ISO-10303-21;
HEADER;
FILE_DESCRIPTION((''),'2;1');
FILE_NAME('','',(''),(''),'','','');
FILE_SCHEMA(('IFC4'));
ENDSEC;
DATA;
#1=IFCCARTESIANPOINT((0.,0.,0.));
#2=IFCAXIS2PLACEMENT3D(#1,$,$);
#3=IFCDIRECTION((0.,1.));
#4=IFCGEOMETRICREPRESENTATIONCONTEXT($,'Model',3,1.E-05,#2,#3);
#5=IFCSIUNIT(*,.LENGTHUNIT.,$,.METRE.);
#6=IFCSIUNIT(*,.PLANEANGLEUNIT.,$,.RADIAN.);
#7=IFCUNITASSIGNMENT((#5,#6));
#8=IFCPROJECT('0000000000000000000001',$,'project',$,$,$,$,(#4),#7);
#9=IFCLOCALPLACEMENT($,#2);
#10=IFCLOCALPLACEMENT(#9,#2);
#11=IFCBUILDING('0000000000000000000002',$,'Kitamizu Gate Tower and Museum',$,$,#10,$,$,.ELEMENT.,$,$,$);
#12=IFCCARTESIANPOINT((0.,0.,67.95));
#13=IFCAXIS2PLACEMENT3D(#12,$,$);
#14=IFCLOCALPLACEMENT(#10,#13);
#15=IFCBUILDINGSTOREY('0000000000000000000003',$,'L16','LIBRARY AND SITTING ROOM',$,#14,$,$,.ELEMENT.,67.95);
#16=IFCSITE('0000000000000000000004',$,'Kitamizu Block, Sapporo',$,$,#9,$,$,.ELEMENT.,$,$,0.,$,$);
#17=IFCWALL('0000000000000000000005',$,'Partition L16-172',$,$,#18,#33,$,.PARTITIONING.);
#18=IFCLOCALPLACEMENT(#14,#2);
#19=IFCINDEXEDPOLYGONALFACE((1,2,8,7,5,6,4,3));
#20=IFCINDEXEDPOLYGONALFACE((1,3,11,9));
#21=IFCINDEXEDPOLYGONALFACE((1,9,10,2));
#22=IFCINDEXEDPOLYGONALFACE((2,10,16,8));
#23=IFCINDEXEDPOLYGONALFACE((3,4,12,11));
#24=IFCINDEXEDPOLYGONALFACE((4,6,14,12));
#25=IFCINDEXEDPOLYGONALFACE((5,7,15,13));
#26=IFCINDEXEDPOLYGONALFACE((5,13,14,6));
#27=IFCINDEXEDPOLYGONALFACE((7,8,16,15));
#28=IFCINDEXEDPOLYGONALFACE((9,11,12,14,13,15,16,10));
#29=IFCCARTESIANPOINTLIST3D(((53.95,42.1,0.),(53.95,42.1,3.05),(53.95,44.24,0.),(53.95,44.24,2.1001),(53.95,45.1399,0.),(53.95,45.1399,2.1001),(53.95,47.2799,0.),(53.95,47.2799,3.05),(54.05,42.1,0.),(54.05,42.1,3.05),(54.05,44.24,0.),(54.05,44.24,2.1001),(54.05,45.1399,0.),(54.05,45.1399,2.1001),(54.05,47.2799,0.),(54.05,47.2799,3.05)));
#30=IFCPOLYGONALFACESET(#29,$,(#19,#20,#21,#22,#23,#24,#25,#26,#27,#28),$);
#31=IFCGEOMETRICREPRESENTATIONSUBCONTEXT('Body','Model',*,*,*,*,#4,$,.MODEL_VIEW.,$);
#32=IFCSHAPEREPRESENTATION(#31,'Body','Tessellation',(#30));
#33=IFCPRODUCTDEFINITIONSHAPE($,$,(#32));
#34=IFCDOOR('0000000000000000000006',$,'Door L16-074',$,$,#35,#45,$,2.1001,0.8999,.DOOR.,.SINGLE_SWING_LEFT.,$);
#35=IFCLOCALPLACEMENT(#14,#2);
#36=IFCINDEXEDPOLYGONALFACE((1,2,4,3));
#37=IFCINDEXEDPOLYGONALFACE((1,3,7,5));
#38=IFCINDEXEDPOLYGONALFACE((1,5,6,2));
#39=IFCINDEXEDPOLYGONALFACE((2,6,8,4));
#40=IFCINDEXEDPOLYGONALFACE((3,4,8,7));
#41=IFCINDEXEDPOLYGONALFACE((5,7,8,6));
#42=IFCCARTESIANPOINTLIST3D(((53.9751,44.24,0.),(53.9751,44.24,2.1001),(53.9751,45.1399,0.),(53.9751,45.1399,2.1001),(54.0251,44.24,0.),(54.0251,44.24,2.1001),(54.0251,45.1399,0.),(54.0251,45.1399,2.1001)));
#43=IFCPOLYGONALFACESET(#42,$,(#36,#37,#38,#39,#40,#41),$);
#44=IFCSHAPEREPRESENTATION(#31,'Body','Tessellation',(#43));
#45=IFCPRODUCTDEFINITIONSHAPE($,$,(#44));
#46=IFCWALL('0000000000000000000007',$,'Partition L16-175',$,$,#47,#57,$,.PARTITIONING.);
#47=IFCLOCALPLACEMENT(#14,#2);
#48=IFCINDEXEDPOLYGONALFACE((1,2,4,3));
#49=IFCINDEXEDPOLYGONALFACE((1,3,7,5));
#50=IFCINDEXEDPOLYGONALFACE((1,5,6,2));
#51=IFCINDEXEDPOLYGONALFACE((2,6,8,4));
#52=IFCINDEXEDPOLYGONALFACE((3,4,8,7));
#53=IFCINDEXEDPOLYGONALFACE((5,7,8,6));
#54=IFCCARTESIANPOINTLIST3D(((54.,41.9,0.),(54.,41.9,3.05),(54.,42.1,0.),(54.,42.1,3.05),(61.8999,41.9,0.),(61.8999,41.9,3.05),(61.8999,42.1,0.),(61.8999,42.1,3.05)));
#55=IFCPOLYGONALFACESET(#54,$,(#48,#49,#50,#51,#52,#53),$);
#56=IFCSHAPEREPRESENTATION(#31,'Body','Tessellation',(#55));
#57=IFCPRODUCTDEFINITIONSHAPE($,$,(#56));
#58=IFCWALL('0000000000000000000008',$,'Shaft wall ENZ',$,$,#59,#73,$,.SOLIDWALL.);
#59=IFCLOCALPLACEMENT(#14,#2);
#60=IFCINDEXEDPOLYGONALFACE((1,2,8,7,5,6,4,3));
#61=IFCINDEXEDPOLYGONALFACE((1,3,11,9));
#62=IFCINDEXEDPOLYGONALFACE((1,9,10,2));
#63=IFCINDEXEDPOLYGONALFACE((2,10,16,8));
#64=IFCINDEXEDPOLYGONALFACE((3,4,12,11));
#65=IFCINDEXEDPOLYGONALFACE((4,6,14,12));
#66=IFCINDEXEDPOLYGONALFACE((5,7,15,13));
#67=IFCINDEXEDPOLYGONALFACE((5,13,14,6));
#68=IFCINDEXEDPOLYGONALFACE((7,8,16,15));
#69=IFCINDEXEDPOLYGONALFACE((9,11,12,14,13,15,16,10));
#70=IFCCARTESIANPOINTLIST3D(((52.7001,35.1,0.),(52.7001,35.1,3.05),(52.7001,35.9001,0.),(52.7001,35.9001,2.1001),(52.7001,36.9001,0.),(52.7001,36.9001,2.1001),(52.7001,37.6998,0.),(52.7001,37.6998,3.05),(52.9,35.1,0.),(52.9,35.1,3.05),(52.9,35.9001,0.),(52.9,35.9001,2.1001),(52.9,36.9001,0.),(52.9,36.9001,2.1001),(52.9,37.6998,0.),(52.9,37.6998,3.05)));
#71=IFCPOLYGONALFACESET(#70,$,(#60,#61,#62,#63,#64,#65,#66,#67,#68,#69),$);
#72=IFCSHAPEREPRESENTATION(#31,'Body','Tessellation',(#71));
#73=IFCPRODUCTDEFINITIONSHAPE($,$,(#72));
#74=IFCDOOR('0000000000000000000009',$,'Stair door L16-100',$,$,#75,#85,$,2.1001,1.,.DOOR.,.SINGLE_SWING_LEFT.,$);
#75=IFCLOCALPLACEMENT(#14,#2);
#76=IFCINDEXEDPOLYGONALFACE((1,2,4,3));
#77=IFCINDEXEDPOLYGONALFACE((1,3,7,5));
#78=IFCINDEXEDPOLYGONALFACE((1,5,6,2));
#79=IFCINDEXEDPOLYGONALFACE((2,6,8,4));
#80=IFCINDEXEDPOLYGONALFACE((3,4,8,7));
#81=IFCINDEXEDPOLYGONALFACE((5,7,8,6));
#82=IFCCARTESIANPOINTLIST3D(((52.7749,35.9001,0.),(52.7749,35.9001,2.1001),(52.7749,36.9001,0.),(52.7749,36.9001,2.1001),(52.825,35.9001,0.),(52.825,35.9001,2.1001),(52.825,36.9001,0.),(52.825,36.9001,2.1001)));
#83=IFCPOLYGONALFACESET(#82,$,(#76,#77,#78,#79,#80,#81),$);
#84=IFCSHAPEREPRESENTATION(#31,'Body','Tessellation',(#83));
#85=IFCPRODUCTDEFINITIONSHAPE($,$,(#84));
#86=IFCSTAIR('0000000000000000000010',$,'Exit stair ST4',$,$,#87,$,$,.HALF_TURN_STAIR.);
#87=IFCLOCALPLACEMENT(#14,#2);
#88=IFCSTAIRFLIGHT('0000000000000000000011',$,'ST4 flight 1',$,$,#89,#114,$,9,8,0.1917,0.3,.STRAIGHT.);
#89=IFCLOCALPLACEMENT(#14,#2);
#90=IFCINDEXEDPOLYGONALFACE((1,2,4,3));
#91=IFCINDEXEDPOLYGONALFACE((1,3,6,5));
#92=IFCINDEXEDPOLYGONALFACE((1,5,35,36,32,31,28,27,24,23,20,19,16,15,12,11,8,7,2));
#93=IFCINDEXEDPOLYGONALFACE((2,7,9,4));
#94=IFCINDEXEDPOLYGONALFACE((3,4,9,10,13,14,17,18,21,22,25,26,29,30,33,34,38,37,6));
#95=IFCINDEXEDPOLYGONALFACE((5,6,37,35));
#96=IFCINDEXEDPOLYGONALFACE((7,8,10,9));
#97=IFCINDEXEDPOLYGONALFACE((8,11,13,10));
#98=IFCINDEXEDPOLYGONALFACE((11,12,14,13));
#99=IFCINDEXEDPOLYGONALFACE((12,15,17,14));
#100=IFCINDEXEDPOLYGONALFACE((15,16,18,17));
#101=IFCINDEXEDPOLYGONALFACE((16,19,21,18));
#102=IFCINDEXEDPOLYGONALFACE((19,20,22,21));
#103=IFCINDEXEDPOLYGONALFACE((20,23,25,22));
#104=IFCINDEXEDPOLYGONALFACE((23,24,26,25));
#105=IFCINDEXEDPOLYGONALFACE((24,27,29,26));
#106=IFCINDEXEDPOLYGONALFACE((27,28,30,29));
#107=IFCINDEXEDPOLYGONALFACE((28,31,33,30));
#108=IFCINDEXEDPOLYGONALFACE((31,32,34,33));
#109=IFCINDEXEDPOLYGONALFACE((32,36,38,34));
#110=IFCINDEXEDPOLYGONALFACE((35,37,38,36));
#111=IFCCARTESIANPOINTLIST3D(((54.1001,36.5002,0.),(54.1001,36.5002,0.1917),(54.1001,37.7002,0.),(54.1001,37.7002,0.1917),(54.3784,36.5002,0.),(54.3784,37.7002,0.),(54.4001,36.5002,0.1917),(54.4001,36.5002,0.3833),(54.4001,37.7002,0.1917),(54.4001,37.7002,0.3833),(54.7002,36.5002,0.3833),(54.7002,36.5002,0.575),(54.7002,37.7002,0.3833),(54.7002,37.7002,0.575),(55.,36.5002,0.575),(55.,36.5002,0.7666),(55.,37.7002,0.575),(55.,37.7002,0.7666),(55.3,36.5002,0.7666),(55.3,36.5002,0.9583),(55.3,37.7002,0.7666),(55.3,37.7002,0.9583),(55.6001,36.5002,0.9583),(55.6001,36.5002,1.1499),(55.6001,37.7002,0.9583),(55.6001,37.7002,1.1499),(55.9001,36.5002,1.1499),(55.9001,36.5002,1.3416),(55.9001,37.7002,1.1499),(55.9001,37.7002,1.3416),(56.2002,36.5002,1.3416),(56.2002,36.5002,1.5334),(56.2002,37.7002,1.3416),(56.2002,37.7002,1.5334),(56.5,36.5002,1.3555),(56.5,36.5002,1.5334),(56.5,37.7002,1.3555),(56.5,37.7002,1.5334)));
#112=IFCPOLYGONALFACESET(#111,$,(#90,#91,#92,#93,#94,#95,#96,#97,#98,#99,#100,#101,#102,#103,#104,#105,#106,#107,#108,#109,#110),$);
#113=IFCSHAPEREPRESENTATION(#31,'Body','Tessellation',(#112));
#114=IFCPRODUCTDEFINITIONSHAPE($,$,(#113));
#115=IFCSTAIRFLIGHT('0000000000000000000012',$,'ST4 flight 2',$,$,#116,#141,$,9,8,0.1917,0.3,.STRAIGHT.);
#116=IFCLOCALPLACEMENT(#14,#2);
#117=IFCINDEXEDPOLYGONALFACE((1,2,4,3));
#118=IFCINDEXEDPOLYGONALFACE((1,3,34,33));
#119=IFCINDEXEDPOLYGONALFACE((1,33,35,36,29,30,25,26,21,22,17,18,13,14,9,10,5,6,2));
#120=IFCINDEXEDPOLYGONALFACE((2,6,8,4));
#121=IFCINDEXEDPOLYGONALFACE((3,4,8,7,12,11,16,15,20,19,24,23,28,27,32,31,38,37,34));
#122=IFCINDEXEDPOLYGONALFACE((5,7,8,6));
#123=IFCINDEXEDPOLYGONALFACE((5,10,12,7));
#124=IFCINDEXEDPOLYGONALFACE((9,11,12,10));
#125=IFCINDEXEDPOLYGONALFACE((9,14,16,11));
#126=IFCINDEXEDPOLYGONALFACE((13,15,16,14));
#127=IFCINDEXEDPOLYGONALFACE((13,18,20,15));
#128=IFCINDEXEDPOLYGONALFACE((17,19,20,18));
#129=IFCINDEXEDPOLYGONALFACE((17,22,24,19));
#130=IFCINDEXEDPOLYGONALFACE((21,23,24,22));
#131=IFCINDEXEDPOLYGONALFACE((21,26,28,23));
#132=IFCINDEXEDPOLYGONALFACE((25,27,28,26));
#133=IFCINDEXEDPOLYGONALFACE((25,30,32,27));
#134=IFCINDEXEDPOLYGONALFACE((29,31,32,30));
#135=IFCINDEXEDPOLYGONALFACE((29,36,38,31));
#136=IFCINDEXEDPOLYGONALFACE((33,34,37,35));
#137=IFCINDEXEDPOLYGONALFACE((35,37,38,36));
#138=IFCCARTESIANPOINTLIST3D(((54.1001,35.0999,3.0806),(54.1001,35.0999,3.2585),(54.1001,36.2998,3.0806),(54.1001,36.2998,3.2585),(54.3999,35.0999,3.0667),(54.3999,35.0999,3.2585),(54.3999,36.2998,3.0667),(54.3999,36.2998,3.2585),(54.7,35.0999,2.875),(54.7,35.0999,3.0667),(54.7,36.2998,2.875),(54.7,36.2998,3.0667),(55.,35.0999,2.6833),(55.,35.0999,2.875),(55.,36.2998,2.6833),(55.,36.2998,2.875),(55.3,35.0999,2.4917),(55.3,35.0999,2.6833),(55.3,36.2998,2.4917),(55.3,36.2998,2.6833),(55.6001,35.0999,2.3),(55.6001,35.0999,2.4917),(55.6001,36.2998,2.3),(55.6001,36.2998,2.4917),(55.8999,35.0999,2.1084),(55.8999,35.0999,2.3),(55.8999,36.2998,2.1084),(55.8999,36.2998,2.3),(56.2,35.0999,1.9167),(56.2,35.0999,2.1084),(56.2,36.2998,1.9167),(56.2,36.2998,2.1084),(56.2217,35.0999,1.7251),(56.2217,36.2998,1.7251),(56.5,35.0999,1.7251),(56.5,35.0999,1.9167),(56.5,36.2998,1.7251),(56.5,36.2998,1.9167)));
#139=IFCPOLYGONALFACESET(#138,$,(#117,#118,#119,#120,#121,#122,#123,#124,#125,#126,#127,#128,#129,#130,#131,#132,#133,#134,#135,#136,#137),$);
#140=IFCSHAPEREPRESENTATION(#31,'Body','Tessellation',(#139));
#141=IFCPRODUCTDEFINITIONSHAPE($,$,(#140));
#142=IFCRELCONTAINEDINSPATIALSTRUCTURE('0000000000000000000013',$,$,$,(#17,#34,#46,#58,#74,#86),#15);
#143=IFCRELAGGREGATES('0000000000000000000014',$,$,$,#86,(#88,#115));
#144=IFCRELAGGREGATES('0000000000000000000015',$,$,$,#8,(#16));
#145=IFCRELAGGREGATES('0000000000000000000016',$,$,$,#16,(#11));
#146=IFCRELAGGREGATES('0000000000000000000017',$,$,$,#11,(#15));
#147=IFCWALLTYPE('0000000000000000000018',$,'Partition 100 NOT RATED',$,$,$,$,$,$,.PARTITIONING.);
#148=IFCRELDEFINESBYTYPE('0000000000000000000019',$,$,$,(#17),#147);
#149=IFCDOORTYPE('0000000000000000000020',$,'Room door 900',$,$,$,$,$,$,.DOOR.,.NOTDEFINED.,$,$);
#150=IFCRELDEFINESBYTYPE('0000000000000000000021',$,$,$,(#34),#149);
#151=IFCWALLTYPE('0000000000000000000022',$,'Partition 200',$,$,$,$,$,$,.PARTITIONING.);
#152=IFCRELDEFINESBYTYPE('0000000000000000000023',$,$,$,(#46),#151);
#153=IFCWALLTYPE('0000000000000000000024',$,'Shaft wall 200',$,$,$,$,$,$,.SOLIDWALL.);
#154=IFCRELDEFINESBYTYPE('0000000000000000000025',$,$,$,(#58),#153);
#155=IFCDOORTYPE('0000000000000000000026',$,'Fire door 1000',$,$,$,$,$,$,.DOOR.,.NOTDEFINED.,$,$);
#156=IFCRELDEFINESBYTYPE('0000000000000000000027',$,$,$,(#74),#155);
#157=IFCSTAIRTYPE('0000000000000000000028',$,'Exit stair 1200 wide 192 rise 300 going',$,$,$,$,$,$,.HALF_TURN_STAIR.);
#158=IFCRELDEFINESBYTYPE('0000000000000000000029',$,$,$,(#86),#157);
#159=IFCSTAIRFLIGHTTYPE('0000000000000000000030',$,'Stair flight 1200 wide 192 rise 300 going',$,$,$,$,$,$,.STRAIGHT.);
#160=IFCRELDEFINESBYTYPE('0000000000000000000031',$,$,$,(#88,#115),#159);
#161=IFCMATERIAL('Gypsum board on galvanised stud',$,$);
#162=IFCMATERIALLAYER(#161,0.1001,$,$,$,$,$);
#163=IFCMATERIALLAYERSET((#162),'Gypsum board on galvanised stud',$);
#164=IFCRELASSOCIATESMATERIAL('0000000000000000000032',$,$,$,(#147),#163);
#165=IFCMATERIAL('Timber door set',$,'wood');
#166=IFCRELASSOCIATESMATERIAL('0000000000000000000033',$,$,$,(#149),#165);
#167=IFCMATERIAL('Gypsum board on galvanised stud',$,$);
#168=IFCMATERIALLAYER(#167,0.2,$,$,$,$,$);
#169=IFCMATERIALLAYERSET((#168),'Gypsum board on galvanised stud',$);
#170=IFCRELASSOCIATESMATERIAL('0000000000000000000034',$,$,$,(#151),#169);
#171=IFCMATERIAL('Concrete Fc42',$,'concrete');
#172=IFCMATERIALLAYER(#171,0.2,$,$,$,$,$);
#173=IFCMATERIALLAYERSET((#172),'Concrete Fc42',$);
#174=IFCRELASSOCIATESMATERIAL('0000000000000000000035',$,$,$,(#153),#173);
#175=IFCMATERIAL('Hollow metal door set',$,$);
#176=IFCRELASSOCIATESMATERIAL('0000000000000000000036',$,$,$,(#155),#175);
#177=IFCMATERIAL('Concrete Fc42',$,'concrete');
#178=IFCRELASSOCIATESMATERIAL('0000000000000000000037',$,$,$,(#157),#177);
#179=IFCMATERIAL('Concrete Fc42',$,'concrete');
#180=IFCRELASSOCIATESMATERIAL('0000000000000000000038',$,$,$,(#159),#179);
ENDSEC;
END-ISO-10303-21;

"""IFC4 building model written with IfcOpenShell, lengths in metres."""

from ifc_helpers import new_model, si_unit, direction, frame, frame_2d, origin, place, context, subcontext, project, spatial, polyline, rectangle, outline, extrude, material, layer, layer_set, type_object, element, fill, aggregate, save


model = new_model("IFC4")

# Units and contexts
model_context = context("Model", 3, precision=1e-05, world=origin(), true_north=direction((0.0, 1.0)))
body_context = subcontext(model_context, "Body", "Model", "MODEL_VIEW")
ifc_project = project(units=[si_unit("LENGTHUNIT", "METRE"), si_unit("PLANEANGLEUNIT", "RADIAN")], contexts=[model_context])

# Site, building, storey
site_placement = place(None, origin())
site = spatial("IfcSite", under=ifc_project, at=site_placement, Name="Kitamizu Block, Sapporo", CompositionType="ELEMENT", RefElevation=0.0)
building_placement = place(site_placement, origin())
building = spatial("IfcBuilding", under=site, at=building_placement, Name="Kitamizu Gate Tower and Museum", CompositionType="ELEMENT")
storey_placement = place(building_placement, frame((0.0, 0.0, 67.95)))
storey = spatial("IfcBuildingStorey", under=building, at=storey_placement, Name="L16", Description="LIBRARY AND SITTING ROOM", CompositionType="ELEMENT", Elevation=67.95)

# Wall, opening, door
ifc_material_1 = material(Name="Gypsum board on galvanised stud")
ifc_layer_1 = layer(ifc_material_1, 0.1001)
ifc_layer_set_1 = layer_set([ifc_layer_1], Name="Gypsum board on galvanised stud")
wall_type_1 = type_object("IfcWallType", Name="Partition 100 NOT RATED", PredefinedType="PARTITIONING", material=ifc_layer_set_1)
ifc_material_2 = material(Name="Timber door set", Category="wood")
door_type_1 = type_object("IfcDoorType", Name="Room door 900", OperationType="NOTDEFINED", PredefinedType="DOOR", material=ifc_material_2)
wall_1_placement = place(storey_placement, frame((54.0, 42.1001, 0.0), z_axis=(0.0, 0.0, 1.0), x_axis=(0.0, 1.0, 0.0)))
wall_1 = element("IfcWall", 1, at=wall_1_placement, inside=storey, type_object=wall_type_1, Name="Partition L16-172", PredefinedType="PARTITIONING", context=body_context, shape_type="SweptSolid", body=[
    extrude(rectangle(XDim=5.1799, YDim=0.1001, at=frame_2d((2.5898, 0.0))), origin(), (0.0, 0.0, 1.0), 3.05),
])
opening_1_placement = place(wall_1_placement, frame((2.1399, 0.0, 0.0)))
opening_1 = element("IfcOpeningElement", 2, at=opening_1_placement, cuts=wall_1, PredefinedType="OPENING", context=body_context, shape_type="SweptSolid", body=[
    extrude(rectangle(XDim=0.8999, YDim=2.1001, at=frame_2d((0.45, 1.05))), frame((0.0, 0.0601, 0.0), z_axis=(0.0, -1.0, 0.0), x_axis=(1.0, 0.0, 0.0)), (0.0, 0.0, 1.0), 0.1201),
])
door_1_placement = place(opening_1_placement, origin())
door_1 = element("IfcDoor", 3, at=door_1_placement, inside=storey, type_object=door_type_1, Name="Door L16-074", OperationType="SINGLE_SWING_LEFT", OverallHeight=2.1001, OverallWidth=0.8999, PredefinedType="DOOR", context=body_context, shape_type="SweptSolid", body=[
    extrude(rectangle(XDim=0.8999, YDim=2.1001, at=frame_2d((0.45, 1.05))), frame((0.0, 0.0249, 0.0), z_axis=(0.0, -1.0, 0.0), x_axis=(1.0, 0.0, 0.0)), (0.0, 0.0, 1.0), 0.05),
])
fill(opening_1, door_1)

# Wall
ifc_material_3 = material(Name="Gypsum board on galvanised stud")
ifc_layer_2 = layer(ifc_material_3, 0.2)
ifc_layer_set_2 = layer_set([ifc_layer_2], Name="Gypsum board on galvanised stud")
wall_type_2 = type_object("IfcWallType", Name="Partition 200", PredefinedType="PARTITIONING", material=ifc_layer_set_2)
wall_2_placement = place(storey_placement, frame((54.0, 42.0, 0.0), z_axis=(0.0, 0.0, 1.0), x_axis=(1.0, 0.0, 0.0)))
element("IfcWall", 4, at=wall_2_placement, inside=storey, type_object=wall_type_2, Name="Partition L16-175", PredefinedType="PARTITIONING", context=body_context, shape_type="SweptSolid", body=[
    extrude(rectangle(XDim=7.8999, YDim=0.2, at=frame_2d((3.95, 0.0))), origin(), (0.0, 0.0, 1.0), 3.05),
])

# Wall, opening, door
ifc_material_4 = material(Name="Concrete Fc42", Category="concrete")
ifc_layer_3 = layer(ifc_material_4, 0.2)
ifc_layer_set_3 = layer_set([ifc_layer_3], Name="Concrete Fc42")
wall_type_3 = type_object("IfcWallType", Name="Shaft wall 200", PredefinedType="SOLIDWALL", material=ifc_layer_set_3)
wall_3_placement = place(storey_placement, frame((52.8, 35.1001, 0.0), z_axis=(0.0, 0.0, 1.0), x_axis=(0.0, 1.0, 0.0)))
wall_3 = element("IfcWall", 5, at=wall_3_placement, inside=storey, type_object=wall_type_3, Name="Shaft wall ENZ", PredefinedType="SOLIDWALL", context=body_context, shape_type="SweptSolid", body=[
    extrude(rectangle(XDim=2.5999, YDim=0.2, at=frame_2d((1.2998, 0.0))), origin(), (0.0, 0.0, 1.0), 3.05),
])
opening_2_placement = place(wall_3_placement, frame((0.8, 0.0, 0.0)))
opening_2 = element("IfcOpeningElement", 6, at=opening_2_placement, cuts=wall_3, PredefinedType="OPENING", context=body_context, shape_type="SweptSolid", body=[
    extrude(rectangle(XDim=1.0, YDim=2.1001, at=frame_2d((0.5, 1.05))), frame((0.0, 0.1099, 0.0), z_axis=(0.0, -1.0, 0.0), x_axis=(1.0, 0.0, 0.0)), (0.0, 0.0, 1.0), 0.22),
])
ifc_material_5 = material(Name="Hollow metal door set")
door_type_2 = type_object("IfcDoorType", Name="Fire door 1000", OperationType="NOTDEFINED", PredefinedType="DOOR", material=ifc_material_5)
door_2_placement = place(opening_2_placement, frame((1.0, 0.0, 0.0), x_axis=(-1.0, 0.0, 0.0)))
door_2 = element("IfcDoor", 7, at=door_2_placement, inside=storey, type_object=door_type_2, Name="Stair door L16-100", OperationType="SINGLE_SWING_LEFT", OverallHeight=2.1001, OverallWidth=1.0, PredefinedType="DOOR", context=body_context, shape_type="SweptSolid", body=[
    extrude(rectangle(XDim=1.0, YDim=2.1001, at=frame_2d((0.5, 1.05))), frame((0.0, 0.0249, 0.0), z_axis=(0.0, -1.0, 0.0), x_axis=(1.0, 0.0, 0.0)), (0.0, 0.0, 1.0), 0.05),
])
fill(opening_2, door_2)

# Stair, stair flights
ifc_material_6 = material(Name="Concrete Fc42", Category="concrete")
stair_type = type_object("IfcStairType", Name="Exit stair 1200 wide 192 rise 300 going", PredefinedType="HALF_TURN_STAIR", material=ifc_material_6)
stair_placement = place(storey_placement, origin())
stair = element("IfcStair", 8, at=stair_placement, inside=storey, type_object=stair_type, Name="Exit stair ST4", PredefinedType="HALF_TURN_STAIR")
ifc_material_7 = material(Name="Concrete Fc42", Category="concrete")
stair_flight_type = type_object("IfcStairFlightType", Name="Stair flight 1200 wide 192 rise 300 going", PredefinedType="STRAIGHT", material=ifc_material_7)
stair_flight_1_placement = place(storey_placement, frame((54.1001, 37.1001, 0.0), z_axis=(0.0, 0.0, 1.0), x_axis=(1.0, 0.0, 0.0)))
stair_flight_1 = element("IfcStairFlight", 9, at=stair_flight_1_placement, type_object=stair_flight_type, Name="ST4 flight 1", NumberOfRisers=9, NumberOfTreads=8, PredefinedType="STRAIGHT", RiserHeight=0.1917, TreadLength=0.3, context=body_context, shape_type="SweptSolid", body=[
    extrude(outline(polyline([(0.0, 0.0), (0.0, 0.1917), (0.3, 0.1917), (0.3, 0.3833), (0.6001, 0.3833), (0.6001, 0.575), (0.8999, 0.575), (0.8999, 0.7666), (1.2, 0.7666), (1.2, 0.9583), (1.5, 0.9583), (1.5, 1.1499), (1.8, 1.1499), (1.8, 1.3416), (2.1001, 1.3416), (2.1001, 1.5334), (2.3999, 1.5334), (2.3999, 1.7251), (2.3999, 1.3555), (0.2783, 0.0), (0.0, 0.0)])), frame((0.0, 0.6001, 0.0), z_axis=(0.0, -1.0, 0.0), x_axis=(1.0, 0.0, 0.0)), (0.0, 0.0, 1.0), 1.2),
])
stair_flight_2_placement = place(storey_placement, frame((56.5, 35.7, 1.7251), z_axis=(0.0, 0.0, 1.0), x_axis=(-1.0, 0.0, 0.0)))
stair_flight_2 = element("IfcStairFlight", 10, at=stair_flight_2_placement, type_object=stair_flight_type, Name="ST4 flight 2", NumberOfRisers=9, NumberOfTreads=8, PredefinedType="STRAIGHT", RiserHeight=0.1917, TreadLength=0.3, context=body_context, shape_type="SweptSolid", body=[
    extrude(outline(polyline([(0.0, 0.0), (0.0, 0.1917), (0.3, 0.1917), (0.3, 0.3833), (0.6001, 0.3833), (0.6001, 0.575), (0.8999, 0.575), (0.8999, 0.7666), (1.2, 0.7666), (1.2, 0.9583), (1.5, 0.9583), (1.5, 1.1499), (1.8, 1.1499), (1.8, 1.3416), (2.1001, 1.3416), (2.1001, 1.5334), (2.3999, 1.5334), (2.3999, 1.7251), (2.3999, 1.3555), (0.2783, 0.0), (0.0, 0.0)])), frame((0.0, 0.6001, 0.0), z_axis=(0.0, -1.0, 0.0), x_axis=(1.0, 0.0, 0.0)), (0.0, 0.0, 1.0), 1.2),
])
aggregate(stair, [stair_flight_1, stair_flight_2])

save(model, "model.ifc")
